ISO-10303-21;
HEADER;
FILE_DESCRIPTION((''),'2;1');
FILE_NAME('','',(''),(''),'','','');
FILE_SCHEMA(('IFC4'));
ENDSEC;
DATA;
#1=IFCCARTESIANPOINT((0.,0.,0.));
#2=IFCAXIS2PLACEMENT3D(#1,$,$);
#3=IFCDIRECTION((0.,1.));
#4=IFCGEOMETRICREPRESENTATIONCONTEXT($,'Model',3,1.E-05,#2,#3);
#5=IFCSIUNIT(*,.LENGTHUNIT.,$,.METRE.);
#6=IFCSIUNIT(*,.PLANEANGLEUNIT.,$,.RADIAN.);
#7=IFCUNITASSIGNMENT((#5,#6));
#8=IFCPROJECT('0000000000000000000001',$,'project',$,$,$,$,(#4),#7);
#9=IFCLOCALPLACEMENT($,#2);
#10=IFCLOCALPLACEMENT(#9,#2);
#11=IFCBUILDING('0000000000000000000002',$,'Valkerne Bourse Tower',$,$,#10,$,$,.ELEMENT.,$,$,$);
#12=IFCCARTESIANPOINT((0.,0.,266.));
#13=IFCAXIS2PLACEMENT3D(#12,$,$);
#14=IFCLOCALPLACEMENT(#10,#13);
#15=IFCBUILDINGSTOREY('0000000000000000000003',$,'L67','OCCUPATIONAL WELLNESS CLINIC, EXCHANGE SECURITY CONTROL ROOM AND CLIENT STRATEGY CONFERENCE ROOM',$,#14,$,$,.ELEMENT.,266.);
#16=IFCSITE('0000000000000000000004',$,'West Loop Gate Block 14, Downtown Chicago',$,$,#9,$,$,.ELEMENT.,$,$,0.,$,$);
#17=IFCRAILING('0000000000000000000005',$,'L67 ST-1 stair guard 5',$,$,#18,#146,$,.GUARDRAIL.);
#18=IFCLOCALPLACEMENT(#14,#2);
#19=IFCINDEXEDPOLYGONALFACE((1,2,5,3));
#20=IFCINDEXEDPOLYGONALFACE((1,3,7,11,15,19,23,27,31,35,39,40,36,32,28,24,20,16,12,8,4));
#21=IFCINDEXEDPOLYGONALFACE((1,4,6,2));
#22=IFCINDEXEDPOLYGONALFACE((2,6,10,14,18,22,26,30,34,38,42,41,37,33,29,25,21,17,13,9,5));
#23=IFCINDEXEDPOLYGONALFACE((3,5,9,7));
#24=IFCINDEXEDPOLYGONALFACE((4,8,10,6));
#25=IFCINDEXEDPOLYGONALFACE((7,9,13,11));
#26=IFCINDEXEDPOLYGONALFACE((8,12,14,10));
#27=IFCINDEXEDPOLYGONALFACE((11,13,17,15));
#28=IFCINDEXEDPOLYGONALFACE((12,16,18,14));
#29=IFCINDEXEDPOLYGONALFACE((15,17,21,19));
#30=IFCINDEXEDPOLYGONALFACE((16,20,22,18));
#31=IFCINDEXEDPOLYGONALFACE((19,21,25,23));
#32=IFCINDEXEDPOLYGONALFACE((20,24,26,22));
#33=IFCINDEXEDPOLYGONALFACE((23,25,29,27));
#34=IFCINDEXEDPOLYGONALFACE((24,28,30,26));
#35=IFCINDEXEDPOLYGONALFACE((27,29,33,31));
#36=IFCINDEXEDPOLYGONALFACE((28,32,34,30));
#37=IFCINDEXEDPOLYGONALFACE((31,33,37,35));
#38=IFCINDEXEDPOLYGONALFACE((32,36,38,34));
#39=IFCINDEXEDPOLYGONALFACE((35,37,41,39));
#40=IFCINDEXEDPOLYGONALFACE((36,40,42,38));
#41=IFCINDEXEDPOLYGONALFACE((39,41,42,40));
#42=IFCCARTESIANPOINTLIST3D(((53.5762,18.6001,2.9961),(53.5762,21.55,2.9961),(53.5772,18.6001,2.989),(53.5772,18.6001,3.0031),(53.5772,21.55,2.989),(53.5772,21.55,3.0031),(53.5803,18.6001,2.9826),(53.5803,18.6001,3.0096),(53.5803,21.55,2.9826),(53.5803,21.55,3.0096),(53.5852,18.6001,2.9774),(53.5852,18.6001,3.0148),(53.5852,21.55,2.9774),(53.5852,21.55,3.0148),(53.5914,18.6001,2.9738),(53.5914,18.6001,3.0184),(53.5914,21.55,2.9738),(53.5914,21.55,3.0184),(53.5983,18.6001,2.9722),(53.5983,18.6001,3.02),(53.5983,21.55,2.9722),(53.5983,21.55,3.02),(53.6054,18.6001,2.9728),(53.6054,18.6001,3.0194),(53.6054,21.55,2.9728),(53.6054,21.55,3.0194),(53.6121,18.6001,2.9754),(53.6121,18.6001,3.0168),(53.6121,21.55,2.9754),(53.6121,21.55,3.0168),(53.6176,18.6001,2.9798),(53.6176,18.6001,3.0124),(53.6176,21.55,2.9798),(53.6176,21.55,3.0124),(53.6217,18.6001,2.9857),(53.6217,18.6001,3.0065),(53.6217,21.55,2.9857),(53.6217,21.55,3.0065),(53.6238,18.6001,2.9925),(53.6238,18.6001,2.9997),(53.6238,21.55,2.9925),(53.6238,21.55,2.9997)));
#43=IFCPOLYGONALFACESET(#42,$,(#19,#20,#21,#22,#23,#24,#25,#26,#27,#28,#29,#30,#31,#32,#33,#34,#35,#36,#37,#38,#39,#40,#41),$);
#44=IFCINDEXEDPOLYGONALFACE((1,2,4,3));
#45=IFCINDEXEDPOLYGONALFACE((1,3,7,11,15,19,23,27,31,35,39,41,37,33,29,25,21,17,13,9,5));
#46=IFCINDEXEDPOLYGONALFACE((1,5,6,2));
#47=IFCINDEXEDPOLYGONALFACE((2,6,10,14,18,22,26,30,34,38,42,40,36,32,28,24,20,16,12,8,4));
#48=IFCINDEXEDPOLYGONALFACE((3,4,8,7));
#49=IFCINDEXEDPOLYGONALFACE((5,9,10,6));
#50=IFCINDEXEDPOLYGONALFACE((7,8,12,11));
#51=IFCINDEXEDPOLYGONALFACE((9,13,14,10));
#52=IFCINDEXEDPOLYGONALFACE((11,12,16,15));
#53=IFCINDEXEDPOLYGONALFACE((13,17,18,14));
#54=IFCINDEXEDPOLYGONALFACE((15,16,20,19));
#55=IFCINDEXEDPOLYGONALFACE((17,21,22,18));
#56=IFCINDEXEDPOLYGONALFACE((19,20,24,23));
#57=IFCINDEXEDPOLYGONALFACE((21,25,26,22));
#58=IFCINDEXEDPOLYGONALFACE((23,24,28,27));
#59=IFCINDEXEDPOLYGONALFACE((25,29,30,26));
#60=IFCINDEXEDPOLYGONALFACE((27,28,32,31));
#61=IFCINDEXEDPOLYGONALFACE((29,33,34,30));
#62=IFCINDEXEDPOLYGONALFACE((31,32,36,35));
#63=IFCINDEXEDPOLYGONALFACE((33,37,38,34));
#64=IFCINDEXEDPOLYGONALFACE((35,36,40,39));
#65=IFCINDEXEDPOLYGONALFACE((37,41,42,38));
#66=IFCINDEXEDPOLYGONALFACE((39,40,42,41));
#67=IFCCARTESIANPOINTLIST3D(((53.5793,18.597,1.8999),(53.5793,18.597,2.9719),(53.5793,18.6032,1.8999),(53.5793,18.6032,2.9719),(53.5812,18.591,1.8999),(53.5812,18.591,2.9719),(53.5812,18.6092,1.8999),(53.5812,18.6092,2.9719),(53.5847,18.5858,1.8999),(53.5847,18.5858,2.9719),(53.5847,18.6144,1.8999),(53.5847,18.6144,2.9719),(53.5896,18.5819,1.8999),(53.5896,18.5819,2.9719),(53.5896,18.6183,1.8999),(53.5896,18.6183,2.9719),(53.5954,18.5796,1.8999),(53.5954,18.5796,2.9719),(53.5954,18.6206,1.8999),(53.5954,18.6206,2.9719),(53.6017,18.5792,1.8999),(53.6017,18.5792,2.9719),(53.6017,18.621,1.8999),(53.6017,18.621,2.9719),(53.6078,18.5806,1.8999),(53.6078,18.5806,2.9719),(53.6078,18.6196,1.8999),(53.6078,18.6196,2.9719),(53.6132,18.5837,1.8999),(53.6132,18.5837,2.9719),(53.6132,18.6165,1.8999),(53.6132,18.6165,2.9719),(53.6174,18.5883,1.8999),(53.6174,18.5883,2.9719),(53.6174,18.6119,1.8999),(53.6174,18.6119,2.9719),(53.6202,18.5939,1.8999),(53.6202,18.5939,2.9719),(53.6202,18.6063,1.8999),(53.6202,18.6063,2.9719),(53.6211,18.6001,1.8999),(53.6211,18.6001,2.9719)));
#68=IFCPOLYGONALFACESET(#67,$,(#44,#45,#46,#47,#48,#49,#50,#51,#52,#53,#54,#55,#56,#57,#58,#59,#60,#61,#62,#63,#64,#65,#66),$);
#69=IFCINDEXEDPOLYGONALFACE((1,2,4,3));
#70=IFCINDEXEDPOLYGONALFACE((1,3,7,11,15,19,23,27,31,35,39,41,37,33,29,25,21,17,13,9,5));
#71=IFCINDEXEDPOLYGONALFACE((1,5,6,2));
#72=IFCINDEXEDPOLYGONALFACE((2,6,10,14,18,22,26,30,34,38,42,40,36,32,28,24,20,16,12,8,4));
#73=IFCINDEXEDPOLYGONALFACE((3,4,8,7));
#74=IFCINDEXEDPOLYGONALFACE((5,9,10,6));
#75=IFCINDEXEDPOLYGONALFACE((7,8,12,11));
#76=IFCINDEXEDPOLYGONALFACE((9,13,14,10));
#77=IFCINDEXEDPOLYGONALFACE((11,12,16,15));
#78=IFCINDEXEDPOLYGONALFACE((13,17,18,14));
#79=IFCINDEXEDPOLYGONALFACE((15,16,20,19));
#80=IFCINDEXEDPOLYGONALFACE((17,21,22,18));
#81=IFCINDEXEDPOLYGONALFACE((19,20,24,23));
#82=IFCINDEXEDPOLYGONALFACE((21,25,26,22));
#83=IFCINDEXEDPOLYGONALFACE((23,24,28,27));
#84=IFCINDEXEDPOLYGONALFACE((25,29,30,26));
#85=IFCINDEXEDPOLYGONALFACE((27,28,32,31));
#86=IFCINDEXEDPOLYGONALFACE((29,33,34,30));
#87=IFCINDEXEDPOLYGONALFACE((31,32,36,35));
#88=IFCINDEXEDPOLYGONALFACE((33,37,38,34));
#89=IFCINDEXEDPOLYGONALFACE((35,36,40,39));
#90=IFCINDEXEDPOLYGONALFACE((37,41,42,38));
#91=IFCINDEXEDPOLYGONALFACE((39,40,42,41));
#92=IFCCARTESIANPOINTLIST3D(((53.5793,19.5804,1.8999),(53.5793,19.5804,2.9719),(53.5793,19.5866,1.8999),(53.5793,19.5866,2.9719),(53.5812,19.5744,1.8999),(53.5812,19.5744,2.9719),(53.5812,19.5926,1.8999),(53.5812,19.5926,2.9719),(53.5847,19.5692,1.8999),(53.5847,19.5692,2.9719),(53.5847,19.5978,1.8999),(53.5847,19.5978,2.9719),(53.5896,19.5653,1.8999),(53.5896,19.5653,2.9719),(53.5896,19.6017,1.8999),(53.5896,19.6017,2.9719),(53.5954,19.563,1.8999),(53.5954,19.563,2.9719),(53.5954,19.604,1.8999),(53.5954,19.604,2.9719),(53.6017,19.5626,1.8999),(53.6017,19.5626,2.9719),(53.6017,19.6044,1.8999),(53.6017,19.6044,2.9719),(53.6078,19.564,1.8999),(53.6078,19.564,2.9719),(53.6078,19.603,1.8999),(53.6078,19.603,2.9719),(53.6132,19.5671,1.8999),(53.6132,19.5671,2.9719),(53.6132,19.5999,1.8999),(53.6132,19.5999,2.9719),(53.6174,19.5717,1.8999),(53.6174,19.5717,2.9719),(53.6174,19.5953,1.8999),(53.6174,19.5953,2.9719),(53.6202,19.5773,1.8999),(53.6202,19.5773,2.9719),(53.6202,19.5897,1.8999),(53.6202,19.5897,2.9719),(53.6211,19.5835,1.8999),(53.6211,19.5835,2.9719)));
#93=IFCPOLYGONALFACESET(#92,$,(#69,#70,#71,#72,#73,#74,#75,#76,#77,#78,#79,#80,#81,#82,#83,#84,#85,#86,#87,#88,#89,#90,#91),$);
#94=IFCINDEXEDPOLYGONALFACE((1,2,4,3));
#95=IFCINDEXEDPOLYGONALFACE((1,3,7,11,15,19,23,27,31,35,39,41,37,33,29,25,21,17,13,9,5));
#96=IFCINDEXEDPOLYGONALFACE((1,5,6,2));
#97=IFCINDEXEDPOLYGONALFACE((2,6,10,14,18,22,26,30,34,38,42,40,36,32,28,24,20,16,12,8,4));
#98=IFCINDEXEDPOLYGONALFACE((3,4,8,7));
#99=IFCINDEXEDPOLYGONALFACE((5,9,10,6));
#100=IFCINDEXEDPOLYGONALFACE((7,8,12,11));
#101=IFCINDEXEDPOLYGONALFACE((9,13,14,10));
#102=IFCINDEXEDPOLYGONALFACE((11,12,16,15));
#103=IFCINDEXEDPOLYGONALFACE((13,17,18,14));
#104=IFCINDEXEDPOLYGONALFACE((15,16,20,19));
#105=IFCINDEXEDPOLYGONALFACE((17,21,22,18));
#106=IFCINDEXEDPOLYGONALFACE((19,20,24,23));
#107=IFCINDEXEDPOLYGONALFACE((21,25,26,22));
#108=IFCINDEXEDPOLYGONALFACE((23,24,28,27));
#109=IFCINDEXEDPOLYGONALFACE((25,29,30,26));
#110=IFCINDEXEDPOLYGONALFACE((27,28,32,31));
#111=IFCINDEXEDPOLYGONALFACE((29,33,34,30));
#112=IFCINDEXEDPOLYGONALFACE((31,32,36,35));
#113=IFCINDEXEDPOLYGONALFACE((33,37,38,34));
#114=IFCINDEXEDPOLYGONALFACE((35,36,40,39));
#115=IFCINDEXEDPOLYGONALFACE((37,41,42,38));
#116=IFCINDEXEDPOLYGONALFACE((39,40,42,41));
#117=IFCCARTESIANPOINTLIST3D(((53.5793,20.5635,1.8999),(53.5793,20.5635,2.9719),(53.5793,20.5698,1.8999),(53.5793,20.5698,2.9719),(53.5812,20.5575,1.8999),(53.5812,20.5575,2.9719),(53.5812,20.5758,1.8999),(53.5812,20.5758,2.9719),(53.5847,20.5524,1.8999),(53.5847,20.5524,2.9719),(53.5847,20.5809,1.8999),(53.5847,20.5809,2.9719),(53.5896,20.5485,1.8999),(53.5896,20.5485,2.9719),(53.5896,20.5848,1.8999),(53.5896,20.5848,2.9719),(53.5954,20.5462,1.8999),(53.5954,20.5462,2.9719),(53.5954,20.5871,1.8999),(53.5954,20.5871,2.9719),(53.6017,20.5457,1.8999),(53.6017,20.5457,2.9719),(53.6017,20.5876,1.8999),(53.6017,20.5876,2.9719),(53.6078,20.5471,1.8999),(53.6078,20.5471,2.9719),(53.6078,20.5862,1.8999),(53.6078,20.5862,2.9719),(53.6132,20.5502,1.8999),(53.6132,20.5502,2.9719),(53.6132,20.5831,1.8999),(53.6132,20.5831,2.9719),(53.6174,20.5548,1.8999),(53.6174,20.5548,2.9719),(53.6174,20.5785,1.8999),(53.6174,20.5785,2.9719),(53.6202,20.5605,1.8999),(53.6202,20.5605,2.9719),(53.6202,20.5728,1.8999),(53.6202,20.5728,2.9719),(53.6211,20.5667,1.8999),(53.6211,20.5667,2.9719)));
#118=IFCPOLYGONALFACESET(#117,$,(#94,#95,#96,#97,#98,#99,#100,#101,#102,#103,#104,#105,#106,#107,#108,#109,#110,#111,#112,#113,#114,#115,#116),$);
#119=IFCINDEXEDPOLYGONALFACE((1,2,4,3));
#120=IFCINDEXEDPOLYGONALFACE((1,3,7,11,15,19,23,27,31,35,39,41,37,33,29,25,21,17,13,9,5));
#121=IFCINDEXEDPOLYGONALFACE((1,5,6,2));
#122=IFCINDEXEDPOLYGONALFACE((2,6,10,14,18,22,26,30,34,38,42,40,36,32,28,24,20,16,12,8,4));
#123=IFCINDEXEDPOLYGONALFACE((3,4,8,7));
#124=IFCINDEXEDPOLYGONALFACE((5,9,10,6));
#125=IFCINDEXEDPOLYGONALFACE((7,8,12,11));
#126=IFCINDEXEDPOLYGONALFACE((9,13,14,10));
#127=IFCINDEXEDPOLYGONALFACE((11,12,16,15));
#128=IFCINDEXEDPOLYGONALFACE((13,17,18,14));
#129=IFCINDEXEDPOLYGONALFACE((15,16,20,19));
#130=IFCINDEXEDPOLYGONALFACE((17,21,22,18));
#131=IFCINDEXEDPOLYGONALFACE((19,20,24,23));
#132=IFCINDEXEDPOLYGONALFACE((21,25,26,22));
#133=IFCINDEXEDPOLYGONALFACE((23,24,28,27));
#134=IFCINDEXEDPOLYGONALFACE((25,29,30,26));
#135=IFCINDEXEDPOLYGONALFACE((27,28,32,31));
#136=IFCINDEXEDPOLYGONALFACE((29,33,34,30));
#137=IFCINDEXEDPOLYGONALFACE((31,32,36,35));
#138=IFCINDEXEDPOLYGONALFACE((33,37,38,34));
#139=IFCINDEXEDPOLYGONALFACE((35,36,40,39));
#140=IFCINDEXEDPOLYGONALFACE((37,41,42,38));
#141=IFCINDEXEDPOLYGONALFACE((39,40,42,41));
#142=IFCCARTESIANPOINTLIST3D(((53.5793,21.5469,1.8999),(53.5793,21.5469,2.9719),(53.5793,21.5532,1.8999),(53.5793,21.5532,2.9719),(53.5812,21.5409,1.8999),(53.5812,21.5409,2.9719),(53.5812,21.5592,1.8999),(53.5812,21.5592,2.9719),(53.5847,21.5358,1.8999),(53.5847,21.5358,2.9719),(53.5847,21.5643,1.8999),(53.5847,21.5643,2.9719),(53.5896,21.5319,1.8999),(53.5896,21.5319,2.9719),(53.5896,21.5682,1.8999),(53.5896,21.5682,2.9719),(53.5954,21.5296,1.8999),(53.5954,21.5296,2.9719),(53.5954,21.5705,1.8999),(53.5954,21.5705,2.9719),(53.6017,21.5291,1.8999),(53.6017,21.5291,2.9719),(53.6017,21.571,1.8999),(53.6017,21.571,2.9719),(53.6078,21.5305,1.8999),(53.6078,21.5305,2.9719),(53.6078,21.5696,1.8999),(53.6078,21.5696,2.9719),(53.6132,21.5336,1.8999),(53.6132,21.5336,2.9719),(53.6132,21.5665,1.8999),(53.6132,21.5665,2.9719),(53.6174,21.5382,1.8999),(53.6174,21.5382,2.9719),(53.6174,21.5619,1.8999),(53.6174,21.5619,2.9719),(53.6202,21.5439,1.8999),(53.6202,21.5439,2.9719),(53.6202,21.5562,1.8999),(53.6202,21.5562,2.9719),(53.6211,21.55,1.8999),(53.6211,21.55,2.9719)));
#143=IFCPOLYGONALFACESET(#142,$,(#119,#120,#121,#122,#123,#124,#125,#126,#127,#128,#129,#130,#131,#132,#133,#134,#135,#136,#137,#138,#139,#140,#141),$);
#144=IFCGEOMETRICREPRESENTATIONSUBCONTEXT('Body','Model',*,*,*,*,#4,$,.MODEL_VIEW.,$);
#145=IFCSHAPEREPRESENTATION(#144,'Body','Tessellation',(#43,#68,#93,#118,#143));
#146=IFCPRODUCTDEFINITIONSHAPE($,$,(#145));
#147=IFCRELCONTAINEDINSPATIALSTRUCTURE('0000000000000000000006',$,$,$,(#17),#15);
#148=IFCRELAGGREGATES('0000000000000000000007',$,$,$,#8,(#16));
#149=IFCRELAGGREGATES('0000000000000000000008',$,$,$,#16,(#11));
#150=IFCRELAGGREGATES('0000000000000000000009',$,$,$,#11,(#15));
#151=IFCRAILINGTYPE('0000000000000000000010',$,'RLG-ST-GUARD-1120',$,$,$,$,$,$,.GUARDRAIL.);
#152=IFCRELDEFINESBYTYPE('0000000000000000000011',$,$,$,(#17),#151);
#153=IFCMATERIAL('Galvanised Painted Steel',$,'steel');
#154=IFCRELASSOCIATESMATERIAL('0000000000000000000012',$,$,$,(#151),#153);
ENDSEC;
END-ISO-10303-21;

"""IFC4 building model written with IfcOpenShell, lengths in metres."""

from ifc_helpers import new_model, si_unit, direction, frame, origin, origin_2d, place, context, subcontext, project, spatial, circle, extrude, material, type_object, element, save


model = new_model("IFC4")

# Units and contexts
model_context = context("Model", 3, precision=1e-05, world=origin(), true_north=direction((0.0, 1.0)))
body_context = subcontext(model_context, "Body", "Model", "MODEL_VIEW")
ifc_project = project(units=[si_unit("LENGTHUNIT", "METRE"), si_unit("PLANEANGLEUNIT", "RADIAN")], contexts=[model_context])

# Site, building, storey
site_placement = place(None, origin())
site = spatial("IfcSite", under=ifc_project, at=site_placement, Name="West Loop Gate Block 14, Downtown Chicago", CompositionType="ELEMENT", RefElevation=0.0)
building_placement = place(site_placement, origin())
building = spatial("IfcBuilding", under=site, at=building_placement, Name="Valkerne Bourse Tower", CompositionType="ELEMENT")
storey_placement = place(building_placement, frame((0.0, 0.0, 266.0)))
storey = spatial("IfcBuildingStorey", under=building, at=storey_placement, Name="L67", Description="OCCUPATIONAL WELLNESS CLINIC, EXCHANGE SECURITY CONTROL ROOM AND CLIENT STRATEGY CONFERENCE ROOM", CompositionType="ELEMENT", Elevation=266.0)

# Railing
ifc_material_1 = material(Name="Galvanised Painted Steel", Category="steel")
railing_type = type_object("IfcRailingType", Name="RLG-ST-GUARD-1120", PredefinedType="GUARDRAIL", material=ifc_material_1)
railing_1_placement = place(storey_placement, frame((53.6001, 18.6001, 1.8999)))
element("IfcRailing", 1, at=railing_1_placement, inside=storey, type_object=railing_type, Name="L67 ST-1 stair guard 5", PredefinedType="GUARDRAIL", context=body_context, shape_type="SweptSolid", body=[
    extrude(circle(Radius=0.0239, at=origin_2d()), frame((0.0, 0.0, 1.0962), z_axis=(0.0, 1.0, 0.0), x_axis=(-1.0, 0.0, 0.0)), (0.0, 0.0, 1.0), 2.95),
    extrude(circle(Radius=0.021, at=origin_2d()), origin(), (0.0, 0.0, 1.0), 1.072),
    extrude(circle(Radius=0.021, at=origin_2d()), frame((0.0, 0.9834, 0.0)), (0.0, 0.0, 1.0), 1.072),
    extrude(circle(Radius=0.021, at=origin_2d()), frame((0.0, 1.9666, 0.0)), (0.0, 0.0, 1.0), 1.072),
    extrude(circle(Radius=0.021, at=origin_2d()), frame((0.0, 2.95, 0.0)), (0.0, 0.0, 1.0), 1.072),
])

save(model, "model.ifc")
